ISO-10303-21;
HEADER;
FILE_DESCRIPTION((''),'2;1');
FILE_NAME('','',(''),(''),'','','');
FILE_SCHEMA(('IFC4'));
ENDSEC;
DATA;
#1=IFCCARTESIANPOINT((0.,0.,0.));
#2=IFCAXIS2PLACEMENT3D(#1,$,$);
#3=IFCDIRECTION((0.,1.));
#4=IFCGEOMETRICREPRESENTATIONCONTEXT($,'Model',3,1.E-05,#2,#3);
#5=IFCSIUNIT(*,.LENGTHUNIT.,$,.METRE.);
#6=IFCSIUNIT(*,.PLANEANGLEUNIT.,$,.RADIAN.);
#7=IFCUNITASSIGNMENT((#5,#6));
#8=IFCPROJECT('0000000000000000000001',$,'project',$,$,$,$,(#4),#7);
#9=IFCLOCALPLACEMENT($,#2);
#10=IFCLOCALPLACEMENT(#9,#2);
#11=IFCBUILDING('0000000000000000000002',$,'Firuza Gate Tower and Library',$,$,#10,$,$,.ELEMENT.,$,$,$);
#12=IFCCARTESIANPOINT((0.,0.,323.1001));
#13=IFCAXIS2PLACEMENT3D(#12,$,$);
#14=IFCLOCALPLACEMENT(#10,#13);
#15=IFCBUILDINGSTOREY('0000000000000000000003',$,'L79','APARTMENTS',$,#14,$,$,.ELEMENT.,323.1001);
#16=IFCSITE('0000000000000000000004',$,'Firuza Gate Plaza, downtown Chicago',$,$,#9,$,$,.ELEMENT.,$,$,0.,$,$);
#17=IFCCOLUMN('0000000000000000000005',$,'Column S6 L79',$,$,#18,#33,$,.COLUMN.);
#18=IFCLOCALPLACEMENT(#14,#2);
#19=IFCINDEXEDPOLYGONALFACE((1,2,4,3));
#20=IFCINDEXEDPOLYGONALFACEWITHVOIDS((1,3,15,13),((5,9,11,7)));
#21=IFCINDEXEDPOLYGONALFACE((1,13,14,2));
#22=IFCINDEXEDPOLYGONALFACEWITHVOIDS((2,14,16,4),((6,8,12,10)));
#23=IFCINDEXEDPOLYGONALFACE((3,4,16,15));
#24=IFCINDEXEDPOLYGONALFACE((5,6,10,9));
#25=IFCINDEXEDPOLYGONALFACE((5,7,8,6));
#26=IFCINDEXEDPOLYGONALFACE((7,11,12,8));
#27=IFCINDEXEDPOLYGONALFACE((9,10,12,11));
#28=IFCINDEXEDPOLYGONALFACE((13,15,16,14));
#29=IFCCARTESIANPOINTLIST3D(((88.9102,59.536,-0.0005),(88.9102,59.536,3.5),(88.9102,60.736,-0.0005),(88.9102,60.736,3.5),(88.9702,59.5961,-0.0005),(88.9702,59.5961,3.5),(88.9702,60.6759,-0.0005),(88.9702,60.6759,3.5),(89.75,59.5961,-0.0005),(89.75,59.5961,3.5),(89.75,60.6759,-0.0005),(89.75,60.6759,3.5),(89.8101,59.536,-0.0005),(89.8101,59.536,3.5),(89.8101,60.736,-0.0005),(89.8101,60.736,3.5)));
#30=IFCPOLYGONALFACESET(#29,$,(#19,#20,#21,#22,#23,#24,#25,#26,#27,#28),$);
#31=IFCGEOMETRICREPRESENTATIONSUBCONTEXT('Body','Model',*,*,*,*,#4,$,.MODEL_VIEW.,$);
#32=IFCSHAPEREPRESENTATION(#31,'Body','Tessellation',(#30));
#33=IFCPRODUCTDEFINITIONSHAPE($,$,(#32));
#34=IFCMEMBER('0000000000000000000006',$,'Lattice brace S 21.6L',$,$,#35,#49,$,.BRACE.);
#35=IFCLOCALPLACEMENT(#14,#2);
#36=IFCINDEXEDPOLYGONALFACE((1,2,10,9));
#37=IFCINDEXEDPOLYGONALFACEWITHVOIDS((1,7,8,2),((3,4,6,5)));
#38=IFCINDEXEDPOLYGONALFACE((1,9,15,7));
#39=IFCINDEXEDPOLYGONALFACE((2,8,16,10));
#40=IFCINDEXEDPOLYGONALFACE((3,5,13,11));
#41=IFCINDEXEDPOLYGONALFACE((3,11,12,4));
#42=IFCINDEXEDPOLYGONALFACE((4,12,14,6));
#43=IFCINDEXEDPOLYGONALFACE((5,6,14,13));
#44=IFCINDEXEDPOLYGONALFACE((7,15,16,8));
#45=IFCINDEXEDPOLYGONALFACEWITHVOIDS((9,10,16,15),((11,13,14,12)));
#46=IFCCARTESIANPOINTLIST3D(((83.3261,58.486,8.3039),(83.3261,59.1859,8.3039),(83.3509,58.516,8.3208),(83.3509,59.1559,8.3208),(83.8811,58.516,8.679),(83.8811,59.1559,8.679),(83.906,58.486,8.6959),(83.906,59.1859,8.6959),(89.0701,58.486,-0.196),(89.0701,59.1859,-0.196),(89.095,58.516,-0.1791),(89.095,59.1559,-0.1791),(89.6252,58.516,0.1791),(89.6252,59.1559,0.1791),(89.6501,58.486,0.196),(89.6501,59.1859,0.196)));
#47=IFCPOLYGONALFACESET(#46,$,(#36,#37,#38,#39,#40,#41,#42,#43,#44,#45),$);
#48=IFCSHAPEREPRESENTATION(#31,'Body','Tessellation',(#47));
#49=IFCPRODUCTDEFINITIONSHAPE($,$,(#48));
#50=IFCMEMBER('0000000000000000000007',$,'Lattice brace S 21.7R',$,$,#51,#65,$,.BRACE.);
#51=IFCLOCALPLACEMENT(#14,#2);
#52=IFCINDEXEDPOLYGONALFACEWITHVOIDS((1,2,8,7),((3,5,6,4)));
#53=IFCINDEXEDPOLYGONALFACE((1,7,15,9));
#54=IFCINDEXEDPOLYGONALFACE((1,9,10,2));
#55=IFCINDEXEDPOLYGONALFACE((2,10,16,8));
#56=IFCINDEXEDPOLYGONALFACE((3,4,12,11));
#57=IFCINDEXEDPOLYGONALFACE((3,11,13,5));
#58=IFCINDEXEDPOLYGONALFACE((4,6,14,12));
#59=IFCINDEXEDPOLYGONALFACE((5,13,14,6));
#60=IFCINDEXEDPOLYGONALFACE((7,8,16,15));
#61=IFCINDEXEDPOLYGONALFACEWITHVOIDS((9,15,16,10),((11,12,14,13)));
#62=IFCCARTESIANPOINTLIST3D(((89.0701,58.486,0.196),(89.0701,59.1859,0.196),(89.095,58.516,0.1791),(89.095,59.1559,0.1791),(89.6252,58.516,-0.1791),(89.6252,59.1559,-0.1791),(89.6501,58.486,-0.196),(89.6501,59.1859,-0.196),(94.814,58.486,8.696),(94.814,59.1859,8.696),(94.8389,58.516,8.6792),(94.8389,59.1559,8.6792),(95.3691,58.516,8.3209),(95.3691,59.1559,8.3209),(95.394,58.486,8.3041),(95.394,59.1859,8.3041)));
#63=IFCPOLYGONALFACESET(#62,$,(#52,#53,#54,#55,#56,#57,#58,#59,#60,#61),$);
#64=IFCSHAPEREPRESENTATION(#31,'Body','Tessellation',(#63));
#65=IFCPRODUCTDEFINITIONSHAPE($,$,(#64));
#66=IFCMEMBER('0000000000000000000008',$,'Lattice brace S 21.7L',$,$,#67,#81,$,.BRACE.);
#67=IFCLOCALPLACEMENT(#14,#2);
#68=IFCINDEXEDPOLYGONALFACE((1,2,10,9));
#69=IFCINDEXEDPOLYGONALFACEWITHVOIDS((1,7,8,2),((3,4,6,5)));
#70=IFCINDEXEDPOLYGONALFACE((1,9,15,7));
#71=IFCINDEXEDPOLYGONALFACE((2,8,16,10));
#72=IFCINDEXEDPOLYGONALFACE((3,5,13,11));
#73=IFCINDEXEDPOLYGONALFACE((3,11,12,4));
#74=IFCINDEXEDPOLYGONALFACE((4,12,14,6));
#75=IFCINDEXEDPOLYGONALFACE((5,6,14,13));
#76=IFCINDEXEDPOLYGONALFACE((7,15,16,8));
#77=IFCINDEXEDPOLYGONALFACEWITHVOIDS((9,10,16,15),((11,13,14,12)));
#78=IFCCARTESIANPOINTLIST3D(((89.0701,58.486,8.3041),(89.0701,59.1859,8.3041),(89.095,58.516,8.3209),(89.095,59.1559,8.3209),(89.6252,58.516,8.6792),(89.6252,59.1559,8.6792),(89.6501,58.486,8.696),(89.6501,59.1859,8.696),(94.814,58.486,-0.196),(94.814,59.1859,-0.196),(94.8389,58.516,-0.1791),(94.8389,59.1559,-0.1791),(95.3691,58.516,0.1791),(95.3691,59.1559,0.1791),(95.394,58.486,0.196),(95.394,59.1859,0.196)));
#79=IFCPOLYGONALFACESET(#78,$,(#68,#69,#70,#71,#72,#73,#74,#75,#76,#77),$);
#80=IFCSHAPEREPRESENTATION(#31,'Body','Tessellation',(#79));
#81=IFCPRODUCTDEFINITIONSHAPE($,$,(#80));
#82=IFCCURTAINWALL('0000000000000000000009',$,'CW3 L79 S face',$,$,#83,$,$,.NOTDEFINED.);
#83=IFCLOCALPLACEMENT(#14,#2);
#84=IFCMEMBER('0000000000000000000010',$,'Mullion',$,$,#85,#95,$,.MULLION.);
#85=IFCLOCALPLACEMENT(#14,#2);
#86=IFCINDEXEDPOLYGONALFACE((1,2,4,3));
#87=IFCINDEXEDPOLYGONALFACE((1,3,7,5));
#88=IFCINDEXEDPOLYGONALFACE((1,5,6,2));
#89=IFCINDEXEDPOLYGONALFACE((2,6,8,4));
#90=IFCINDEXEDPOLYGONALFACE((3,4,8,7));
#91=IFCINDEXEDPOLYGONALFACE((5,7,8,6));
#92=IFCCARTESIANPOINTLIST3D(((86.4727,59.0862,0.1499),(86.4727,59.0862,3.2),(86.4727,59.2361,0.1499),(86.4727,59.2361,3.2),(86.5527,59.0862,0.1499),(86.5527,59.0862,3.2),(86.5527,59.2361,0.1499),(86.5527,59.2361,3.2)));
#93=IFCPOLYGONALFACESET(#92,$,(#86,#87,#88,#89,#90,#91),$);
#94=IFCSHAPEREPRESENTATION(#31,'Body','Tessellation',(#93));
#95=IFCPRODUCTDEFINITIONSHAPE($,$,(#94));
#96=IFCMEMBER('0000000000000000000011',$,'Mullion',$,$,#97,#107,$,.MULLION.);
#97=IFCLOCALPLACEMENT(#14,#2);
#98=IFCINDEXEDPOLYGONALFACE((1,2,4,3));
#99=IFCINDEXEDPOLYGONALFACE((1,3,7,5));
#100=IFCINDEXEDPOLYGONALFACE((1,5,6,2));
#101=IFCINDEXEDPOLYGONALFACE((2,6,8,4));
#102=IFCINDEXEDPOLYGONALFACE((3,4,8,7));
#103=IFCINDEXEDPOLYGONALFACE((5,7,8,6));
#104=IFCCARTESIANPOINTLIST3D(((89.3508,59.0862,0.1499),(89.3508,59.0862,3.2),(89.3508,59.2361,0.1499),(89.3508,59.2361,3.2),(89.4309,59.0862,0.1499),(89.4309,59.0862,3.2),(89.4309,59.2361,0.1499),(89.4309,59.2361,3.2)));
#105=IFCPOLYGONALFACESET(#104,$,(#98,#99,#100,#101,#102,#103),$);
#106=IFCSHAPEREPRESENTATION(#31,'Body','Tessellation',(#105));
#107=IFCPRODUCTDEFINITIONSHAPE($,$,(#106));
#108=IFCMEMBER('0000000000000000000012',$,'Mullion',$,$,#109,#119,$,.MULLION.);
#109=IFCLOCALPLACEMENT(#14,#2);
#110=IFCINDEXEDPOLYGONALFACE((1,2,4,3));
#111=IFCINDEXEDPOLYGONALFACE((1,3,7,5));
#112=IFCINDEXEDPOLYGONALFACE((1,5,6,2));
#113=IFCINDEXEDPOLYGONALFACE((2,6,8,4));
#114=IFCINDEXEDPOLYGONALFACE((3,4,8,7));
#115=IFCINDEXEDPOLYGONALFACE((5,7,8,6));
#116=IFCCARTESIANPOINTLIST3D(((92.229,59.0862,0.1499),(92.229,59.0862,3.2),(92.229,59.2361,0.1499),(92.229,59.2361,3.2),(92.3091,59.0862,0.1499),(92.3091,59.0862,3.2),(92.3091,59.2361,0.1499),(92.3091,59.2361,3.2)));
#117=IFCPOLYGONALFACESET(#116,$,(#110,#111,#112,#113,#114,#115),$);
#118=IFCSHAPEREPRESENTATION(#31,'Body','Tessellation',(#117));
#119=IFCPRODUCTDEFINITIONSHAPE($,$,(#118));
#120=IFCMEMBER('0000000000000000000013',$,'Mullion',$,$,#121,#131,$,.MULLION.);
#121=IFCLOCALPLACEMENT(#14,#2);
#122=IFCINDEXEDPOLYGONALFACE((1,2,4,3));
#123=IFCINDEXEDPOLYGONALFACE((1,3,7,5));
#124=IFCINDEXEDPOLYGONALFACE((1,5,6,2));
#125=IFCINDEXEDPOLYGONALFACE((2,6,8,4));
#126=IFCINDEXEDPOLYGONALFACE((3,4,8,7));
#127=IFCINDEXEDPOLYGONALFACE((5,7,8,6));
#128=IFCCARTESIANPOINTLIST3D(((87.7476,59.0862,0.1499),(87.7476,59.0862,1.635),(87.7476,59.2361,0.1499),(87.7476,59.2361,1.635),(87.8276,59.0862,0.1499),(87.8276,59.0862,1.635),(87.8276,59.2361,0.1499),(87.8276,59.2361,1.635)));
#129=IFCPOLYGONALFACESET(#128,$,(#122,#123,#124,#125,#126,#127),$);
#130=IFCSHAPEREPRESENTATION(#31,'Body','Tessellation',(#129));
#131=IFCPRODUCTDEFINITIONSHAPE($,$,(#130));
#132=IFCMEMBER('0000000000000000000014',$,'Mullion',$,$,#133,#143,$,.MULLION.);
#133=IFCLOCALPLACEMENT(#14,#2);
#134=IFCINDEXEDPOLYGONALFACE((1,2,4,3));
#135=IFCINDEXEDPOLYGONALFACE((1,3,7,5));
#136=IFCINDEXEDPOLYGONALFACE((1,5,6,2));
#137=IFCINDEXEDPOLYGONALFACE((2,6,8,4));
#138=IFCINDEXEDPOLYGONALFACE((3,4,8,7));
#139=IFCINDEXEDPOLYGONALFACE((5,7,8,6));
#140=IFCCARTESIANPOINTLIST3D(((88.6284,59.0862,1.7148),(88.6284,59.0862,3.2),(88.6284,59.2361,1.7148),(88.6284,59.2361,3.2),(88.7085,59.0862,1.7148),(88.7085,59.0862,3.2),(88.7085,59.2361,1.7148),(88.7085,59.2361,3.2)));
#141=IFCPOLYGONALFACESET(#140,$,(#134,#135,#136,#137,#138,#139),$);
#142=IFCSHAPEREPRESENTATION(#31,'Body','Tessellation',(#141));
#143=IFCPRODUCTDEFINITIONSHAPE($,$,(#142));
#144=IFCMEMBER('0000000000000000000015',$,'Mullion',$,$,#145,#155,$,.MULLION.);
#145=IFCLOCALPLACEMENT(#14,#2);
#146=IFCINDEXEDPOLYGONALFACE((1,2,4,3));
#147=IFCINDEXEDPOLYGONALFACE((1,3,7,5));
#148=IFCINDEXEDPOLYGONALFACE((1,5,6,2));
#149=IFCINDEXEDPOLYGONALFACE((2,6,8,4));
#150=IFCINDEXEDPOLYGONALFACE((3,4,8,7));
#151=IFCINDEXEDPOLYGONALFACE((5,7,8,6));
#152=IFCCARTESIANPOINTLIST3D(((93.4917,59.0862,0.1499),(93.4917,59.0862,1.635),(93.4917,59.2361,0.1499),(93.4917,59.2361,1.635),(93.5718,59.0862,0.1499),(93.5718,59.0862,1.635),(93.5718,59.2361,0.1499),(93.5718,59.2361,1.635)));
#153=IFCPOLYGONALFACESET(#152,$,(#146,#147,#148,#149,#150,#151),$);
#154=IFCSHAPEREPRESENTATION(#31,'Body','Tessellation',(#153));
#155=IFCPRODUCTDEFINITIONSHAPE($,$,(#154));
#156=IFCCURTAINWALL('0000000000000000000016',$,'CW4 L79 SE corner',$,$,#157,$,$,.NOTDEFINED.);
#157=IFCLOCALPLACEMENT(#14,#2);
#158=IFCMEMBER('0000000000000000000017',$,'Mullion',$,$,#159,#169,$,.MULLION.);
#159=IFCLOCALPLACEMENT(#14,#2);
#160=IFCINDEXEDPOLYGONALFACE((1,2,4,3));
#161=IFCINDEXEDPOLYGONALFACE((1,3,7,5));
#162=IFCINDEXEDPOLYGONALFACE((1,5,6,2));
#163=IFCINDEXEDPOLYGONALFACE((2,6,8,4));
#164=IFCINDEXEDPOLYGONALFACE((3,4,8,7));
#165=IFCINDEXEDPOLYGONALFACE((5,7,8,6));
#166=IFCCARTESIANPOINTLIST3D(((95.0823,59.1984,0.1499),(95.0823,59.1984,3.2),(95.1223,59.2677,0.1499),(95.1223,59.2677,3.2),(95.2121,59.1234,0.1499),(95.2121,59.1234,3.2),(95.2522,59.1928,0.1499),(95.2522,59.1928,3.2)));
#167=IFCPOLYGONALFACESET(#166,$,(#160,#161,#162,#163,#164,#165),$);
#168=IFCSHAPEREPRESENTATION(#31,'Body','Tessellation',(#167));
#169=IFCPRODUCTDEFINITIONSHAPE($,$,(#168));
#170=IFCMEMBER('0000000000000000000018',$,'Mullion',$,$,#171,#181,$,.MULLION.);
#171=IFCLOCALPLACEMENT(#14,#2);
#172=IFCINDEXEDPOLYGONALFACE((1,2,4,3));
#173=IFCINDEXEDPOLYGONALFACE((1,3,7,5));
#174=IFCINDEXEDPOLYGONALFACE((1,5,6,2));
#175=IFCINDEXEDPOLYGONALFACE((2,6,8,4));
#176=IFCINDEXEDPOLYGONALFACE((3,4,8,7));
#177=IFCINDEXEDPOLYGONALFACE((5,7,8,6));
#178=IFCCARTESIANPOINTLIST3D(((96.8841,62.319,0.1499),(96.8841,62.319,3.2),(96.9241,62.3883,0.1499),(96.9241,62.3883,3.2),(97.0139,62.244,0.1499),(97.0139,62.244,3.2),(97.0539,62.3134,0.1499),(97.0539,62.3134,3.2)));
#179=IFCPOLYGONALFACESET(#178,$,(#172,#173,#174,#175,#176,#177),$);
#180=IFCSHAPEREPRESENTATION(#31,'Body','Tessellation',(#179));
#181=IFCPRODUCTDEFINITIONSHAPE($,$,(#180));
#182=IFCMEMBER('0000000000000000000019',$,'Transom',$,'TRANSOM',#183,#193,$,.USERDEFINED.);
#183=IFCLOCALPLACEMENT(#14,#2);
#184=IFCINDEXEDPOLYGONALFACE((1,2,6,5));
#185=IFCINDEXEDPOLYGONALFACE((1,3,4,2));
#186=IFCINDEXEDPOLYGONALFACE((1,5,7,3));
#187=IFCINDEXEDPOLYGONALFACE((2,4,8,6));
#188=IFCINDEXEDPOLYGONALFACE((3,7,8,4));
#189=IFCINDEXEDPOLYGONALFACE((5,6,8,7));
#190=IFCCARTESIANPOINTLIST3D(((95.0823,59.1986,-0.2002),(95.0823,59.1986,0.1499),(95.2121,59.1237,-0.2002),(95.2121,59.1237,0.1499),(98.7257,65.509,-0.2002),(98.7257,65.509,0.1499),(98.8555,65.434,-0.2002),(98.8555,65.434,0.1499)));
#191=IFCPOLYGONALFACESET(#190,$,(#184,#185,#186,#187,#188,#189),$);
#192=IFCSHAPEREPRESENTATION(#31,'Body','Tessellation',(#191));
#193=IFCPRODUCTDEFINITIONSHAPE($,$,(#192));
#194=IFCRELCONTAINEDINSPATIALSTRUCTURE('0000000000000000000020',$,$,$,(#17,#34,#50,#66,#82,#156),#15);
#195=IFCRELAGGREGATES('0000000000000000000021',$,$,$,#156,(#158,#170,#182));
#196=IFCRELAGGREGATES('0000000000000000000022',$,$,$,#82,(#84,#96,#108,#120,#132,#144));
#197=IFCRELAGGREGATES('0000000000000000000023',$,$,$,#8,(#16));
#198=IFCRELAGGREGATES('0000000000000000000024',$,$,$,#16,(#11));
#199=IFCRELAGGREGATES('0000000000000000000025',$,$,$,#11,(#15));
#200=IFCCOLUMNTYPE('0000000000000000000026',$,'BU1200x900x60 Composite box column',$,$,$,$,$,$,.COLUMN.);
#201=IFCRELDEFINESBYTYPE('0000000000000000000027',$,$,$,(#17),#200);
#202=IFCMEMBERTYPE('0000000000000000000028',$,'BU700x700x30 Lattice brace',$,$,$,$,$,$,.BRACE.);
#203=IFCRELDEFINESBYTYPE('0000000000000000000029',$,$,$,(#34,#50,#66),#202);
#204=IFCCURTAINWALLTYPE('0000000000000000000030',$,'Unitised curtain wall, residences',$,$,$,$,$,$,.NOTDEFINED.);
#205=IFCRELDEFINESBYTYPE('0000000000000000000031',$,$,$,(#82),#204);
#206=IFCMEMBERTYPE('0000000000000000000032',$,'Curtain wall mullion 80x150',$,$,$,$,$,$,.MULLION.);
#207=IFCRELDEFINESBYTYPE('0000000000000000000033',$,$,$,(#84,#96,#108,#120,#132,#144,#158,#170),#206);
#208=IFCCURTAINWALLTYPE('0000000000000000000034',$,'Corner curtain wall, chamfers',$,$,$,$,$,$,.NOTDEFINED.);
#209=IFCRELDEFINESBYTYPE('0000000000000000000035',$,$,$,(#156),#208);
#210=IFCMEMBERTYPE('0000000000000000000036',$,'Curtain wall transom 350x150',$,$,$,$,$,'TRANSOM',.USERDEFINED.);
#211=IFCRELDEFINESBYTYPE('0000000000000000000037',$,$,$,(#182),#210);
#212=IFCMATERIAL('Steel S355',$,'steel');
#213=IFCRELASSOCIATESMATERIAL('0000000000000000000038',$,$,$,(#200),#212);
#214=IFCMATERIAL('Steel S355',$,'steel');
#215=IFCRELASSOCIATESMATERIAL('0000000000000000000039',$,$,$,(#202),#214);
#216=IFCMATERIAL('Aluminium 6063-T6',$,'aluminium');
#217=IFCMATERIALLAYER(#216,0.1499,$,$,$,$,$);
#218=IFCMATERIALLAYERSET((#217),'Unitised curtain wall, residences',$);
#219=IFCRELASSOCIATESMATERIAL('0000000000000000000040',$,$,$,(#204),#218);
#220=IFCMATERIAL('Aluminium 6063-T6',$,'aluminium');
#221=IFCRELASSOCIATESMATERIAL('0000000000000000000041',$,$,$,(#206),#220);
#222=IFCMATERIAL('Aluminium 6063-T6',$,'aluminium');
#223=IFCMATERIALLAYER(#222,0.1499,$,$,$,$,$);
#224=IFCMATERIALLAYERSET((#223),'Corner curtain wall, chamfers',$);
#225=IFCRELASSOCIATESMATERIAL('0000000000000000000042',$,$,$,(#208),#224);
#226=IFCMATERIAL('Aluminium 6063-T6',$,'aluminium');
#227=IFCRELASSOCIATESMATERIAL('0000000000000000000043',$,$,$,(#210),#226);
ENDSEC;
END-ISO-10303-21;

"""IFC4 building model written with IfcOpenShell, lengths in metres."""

from ifc_helpers import new_model, si_unit, direction, frame, origin, origin_2d, place, context, subcontext, project, spatial, rectangle, hollow_rectangle, extrude, material, layer, layer_set, material_profile, profile_set, type_object, element, aggregate, save


model = new_model("IFC4")

# Units and contexts
model_context = context("Model", 3, precision=1e-05, world=origin(), true_north=direction((0.0, 1.0)))
body_context = subcontext(model_context, "Body", "Model", "MODEL_VIEW")
ifc_project = project(units=[si_unit("LENGTHUNIT", "METRE"), si_unit("PLANEANGLEUNIT", "RADIAN")], contexts=[model_context])

# Site, building, storey
site_placement = place(None, origin())
site = spatial("IfcSite", under=ifc_project, at=site_placement, Name="Firuza Gate Plaza, downtown Chicago", CompositionType="ELEMENT", RefElevation=0.0)
building_placement = place(site_placement, origin())
building = spatial("IfcBuilding", under=site, at=building_placement, Name="Firuza Gate Tower and Library", CompositionType="ELEMENT")
storey_placement = place(building_placement, frame((0.0, 0.0, 323.1001)))
storey = spatial("IfcBuildingStorey", under=building, at=storey_placement, Name="L79", Description="APARTMENTS", CompositionType="ELEMENT", Elevation=323.1001)

# Column
ifc_material_1 = material(Name="Steel S355", Category="steel")
ifc_material_profile_1 = material_profile(ifc_material_1, hollow_rectangle(XDim=0.8999, YDim=1.2, WallThickness=0.0601, at=origin_2d()))
ifc_profile_set_1 = profile_set([ifc_material_profile_1], Name="Steel S355")
column_type = type_object("IfcColumnType", Name="BU1200x900x60 Composite box column", PredefinedType="COLUMN", material=ifc_profile_set_1)
column_placement = place(storey_placement, frame((89.3601, 60.136, -0.0005), z_axis=(0.0, 0.0, 1.0), x_axis=(1.0, 0.0, 0.0)))
element("IfcColumn", 1, at=column_placement, inside=storey, type_object=column_type, Name="Column S6 L79", PredefinedType="COLUMN", context=body_context, shape_type="SweptSolid", body=[
    extrude(hollow_rectangle(XDim=0.8999, YDim=1.2, WallThickness=0.0601, at=origin_2d()), origin(), (0.0, 0.0, 1.0), 3.5005),
])

# Members
ifc_material_2 = material(Name="Steel S355", Category="steel")
ifc_material_profile_2 = material_profile(ifc_material_2, hollow_rectangle(XDim=0.7, YDim=0.7, WallThickness=0.03, at=origin_2d()))
ifc_profile_set_2 = profile_set([ifc_material_profile_2], Name="Steel S355")
member_type_1 = type_object("IfcMemberType", Name="BU700x700x30 Lattice brace", PredefinedType="BRACE", material=ifc_profile_set_2)
for number, where, z_axis, x_axis, name in (
    (2, (89.3601, 58.8359, 0.0), (-0.559917, 0.0, 0.828548), (0.0, -1.0, 0.0), "Lattice brace S 21.6L"),
    (3, (89.3601, 58.8359, 0.0), (0.559901, 0.0, 0.828559), (0.0, 1.0, 0.0), "Lattice brace S 21.7R"),
    (4, (95.104, 58.8359, 0.0), (-0.559901, 0.0, 0.828559), (0.0, -1.0, 0.0), "Lattice brace S 21.7L"),
):
    element("IfcMember", number, at=place(storey_placement, frame(where, z_axis=z_axis, x_axis=x_axis)), inside=storey, type_object=member_type_1, Name=name, PredefinedType="BRACE", context=body_context, shape_type="SweptSolid", body=[
        extrude(hollow_rectangle(XDim=0.7, YDim=0.7, WallThickness=0.03, at=origin_2d()), origin(), (0.0, 0.0, 1.0), 10.2588),
    ])

# Curtain walls, members
ifc_material_3 = material(Name="Aluminium 6063-T6", Category="aluminium")
ifc_layer_1 = layer(ifc_material_3, 0.1499)
ifc_layer_set_1 = layer_set([ifc_layer_1], Name="Unitised curtain wall, residences")
curtain_wall_type_1 = type_object("IfcCurtainWallType", Name="Unitised curtain wall, residences", PredefinedType="NOTDEFINED", material=ifc_layer_set_1)
placement = place(storey_placement, origin())
curtain_wall_1 = element("IfcCurtainWall", 5, at=placement, inside=storey, type_object=curtain_wall_type_1, Name="CW3 L79 S face", PredefinedType="NOTDEFINED")
ifc_material_4 = material(Name="Aluminium 6063-T6", Category="aluminium")
ifc_material_profile_3 = material_profile(ifc_material_4, rectangle(XDim=0.1499, YDim=0.0801, at=origin_2d()))
ifc_profile_set_3 = profile_set([ifc_material_profile_3], Name="Aluminium 6063-T6")
member_type_2 = type_object("IfcMemberType", Name="Curtain wall mullion 80x150", PredefinedType="MULLION", material=ifc_profile_set_3)
member_1_placement = place(storey_placement, frame((86.5127, 59.1611, 0.1499), z_axis=(0.0, 0.0, 1.0), x_axis=(0.0, 1.0, 0.0)))
member_1 = element("IfcMember", 6, at=member_1_placement, type_object=member_type_2, Name="Mullion", PredefinedType="MULLION", context=body_context, shape_type="SweptSolid", body=[
    extrude(rectangle(XDim=0.1499, YDim=0.0801, at=origin_2d()), origin(), (0.0, 0.0, 1.0), 3.05),
])
member_2_placement = place(storey_placement, frame((89.3909, 59.1611, 0.1499), z_axis=(0.0, 0.0, 1.0), x_axis=(0.0, 1.0, 0.0)))
member_2 = element("IfcMember", 7, at=member_2_placement, type_object=member_type_2, Name="Mullion", PredefinedType="MULLION", context=body_context, shape_type="SweptSolid", body=[
    extrude(rectangle(XDim=0.1499, YDim=0.0801, at=origin_2d()), origin(), (0.0, 0.0, 1.0), 3.05),
])
member_3_placement = place(storey_placement, frame((92.269, 59.1611, 0.1499), z_axis=(0.0, 0.0, 1.0), x_axis=(0.0, 1.0, 0.0)))
member_3 = element("IfcMember", 8, at=member_3_placement, type_object=member_type_2, Name="Mullion", PredefinedType="MULLION", context=body_context, shape_type="SweptSolid", body=[
    extrude(rectangle(XDim=0.1499, YDim=0.0801, at=origin_2d()), origin(), (0.0, 0.0, 1.0), 3.05),
])
member_4_placement = place(storey_placement, frame((87.7876, 59.1611, 0.1499), z_axis=(0.0, 0.0, 1.0), x_axis=(0.0, 1.0, 0.0)))
member_4 = element("IfcMember", 9, at=member_4_placement, type_object=member_type_2, Name="Mullion", PredefinedType="MULLION", context=body_context, shape_type="SweptSolid", body=[
    extrude(rectangle(XDim=0.1499, YDim=0.0801, at=origin_2d()), origin(), (0.0, 0.0, 1.0), 1.4851),
])
member_5_placement = place(storey_placement, frame((88.6685, 59.1611, 1.7148), z_axis=(0.0, 0.0, 1.0), x_axis=(0.0, 1.0, 0.0)))
member_5 = element("IfcMember", 10, at=member_5_placement, type_object=member_type_2, Name="Mullion", PredefinedType="MULLION", context=body_context, shape_type="SweptSolid", body=[
    extrude(rectangle(XDim=0.1499, YDim=0.0801, at=origin_2d()), origin(), (0.0, 0.0, 1.0), 1.4851),
])
member_6_placement = place(storey_placement, frame((93.5317, 59.1611, 0.1499), z_axis=(0.0, 0.0, 1.0), x_axis=(0.0, 1.0, 0.0)))
member_6 = element("IfcMember", 11, at=member_6_placement, type_object=member_type_2, Name="Mullion", PredefinedType="MULLION", context=body_context, shape_type="SweptSolid", body=[
    extrude(rectangle(XDim=0.1499, YDim=0.0801, at=origin_2d()), origin(), (0.0, 0.0, 1.0), 1.4851),
])
ifc_material_5 = material(Name="Aluminium 6063-T6", Category="aluminium")
ifc_layer_2 = layer(ifc_material_5, 0.1499)
ifc_layer_set_2 = layer_set([ifc_layer_2], Name="Corner curtain wall, chamfers")
curtain_wall_type_2 = type_object("IfcCurtainWallType", Name="Corner curtain wall, chamfers", PredefinedType="NOTDEFINED", material=ifc_layer_set_2)
curtain_wall_2 = element("IfcCurtainWall", 12, at=placement, inside=storey, type_object=curtain_wall_type_2, Name="CW4 L79 SE corner", PredefinedType="NOTDEFINED")
member_7_placement = place(storey_placement, frame((95.1672, 59.1956, 0.1499), z_axis=(0.0, 0.0, 1.0), x_axis=(-0.866025, 0.5, 0.0)))
member_7 = element("IfcMember", 13, at=member_7_placement, type_object=member_type_2, Name="Mullion", PredefinedType="MULLION", context=body_context, shape_type="SweptSolid", body=[
    extrude(rectangle(XDim=0.1499, YDim=0.0801, at=origin_2d()), origin(), (0.0, 0.0, 1.0), 3.05),
])
member_8_placement = place(storey_placement, frame((96.969, 62.3162, 0.1499), z_axis=(0.0, 0.0, 1.0), x_axis=(-0.866025, 0.5, 0.0)))
member_8 = element("IfcMember", 14, at=member_8_placement, type_object=member_type_2, Name="Mullion", PredefinedType="MULLION", context=body_context, shape_type="SweptSolid", body=[
    extrude(rectangle(XDim=0.1499, YDim=0.0801, at=origin_2d()), origin(), (0.0, 0.0, 1.0), 3.05),
])
ifc_material_6 = material(Name="Aluminium 6063-T6", Category="aluminium")
ifc_material_profile_4 = material_profile(ifc_material_6, rectangle(XDim=0.1499, YDim=0.3501, at=origin_2d()))
ifc_profile_set_4 = profile_set([ifc_material_profile_4], Name="Aluminium 6063-T6")
member_type_3 = type_object("IfcMemberType", Name="Curtain wall transom 350x150", ElementType="TRANSOM", PredefinedType="USERDEFINED", material=ifc_profile_set_4)
member_9_placement = place(storey_placement, frame((95.1472, 59.1611, -0.0251), z_axis=(0.500006, 0.866022, 0.0), x_axis=(-0.866022, 0.500006, 0.0)))
member_9 = element("IfcMember", 15, at=member_9_placement, type_object=member_type_3, Name="Transom", ObjectType="TRANSOM", PredefinedType="USERDEFINED", context=body_context, shape_type="SweptSolid", body=[
    extrude(rectangle(XDim=0.1499, YDim=0.3501, at=origin_2d()), origin(), (0.0, 0.0, 1.0), 7.2866),
])

aggregate(curtain_wall_2, [member_7, member_8, member_9])
aggregate(curtain_wall_1, [member_1, member_2, member_3, member_4, member_5, member_6])

save(model, "model.ifc")
